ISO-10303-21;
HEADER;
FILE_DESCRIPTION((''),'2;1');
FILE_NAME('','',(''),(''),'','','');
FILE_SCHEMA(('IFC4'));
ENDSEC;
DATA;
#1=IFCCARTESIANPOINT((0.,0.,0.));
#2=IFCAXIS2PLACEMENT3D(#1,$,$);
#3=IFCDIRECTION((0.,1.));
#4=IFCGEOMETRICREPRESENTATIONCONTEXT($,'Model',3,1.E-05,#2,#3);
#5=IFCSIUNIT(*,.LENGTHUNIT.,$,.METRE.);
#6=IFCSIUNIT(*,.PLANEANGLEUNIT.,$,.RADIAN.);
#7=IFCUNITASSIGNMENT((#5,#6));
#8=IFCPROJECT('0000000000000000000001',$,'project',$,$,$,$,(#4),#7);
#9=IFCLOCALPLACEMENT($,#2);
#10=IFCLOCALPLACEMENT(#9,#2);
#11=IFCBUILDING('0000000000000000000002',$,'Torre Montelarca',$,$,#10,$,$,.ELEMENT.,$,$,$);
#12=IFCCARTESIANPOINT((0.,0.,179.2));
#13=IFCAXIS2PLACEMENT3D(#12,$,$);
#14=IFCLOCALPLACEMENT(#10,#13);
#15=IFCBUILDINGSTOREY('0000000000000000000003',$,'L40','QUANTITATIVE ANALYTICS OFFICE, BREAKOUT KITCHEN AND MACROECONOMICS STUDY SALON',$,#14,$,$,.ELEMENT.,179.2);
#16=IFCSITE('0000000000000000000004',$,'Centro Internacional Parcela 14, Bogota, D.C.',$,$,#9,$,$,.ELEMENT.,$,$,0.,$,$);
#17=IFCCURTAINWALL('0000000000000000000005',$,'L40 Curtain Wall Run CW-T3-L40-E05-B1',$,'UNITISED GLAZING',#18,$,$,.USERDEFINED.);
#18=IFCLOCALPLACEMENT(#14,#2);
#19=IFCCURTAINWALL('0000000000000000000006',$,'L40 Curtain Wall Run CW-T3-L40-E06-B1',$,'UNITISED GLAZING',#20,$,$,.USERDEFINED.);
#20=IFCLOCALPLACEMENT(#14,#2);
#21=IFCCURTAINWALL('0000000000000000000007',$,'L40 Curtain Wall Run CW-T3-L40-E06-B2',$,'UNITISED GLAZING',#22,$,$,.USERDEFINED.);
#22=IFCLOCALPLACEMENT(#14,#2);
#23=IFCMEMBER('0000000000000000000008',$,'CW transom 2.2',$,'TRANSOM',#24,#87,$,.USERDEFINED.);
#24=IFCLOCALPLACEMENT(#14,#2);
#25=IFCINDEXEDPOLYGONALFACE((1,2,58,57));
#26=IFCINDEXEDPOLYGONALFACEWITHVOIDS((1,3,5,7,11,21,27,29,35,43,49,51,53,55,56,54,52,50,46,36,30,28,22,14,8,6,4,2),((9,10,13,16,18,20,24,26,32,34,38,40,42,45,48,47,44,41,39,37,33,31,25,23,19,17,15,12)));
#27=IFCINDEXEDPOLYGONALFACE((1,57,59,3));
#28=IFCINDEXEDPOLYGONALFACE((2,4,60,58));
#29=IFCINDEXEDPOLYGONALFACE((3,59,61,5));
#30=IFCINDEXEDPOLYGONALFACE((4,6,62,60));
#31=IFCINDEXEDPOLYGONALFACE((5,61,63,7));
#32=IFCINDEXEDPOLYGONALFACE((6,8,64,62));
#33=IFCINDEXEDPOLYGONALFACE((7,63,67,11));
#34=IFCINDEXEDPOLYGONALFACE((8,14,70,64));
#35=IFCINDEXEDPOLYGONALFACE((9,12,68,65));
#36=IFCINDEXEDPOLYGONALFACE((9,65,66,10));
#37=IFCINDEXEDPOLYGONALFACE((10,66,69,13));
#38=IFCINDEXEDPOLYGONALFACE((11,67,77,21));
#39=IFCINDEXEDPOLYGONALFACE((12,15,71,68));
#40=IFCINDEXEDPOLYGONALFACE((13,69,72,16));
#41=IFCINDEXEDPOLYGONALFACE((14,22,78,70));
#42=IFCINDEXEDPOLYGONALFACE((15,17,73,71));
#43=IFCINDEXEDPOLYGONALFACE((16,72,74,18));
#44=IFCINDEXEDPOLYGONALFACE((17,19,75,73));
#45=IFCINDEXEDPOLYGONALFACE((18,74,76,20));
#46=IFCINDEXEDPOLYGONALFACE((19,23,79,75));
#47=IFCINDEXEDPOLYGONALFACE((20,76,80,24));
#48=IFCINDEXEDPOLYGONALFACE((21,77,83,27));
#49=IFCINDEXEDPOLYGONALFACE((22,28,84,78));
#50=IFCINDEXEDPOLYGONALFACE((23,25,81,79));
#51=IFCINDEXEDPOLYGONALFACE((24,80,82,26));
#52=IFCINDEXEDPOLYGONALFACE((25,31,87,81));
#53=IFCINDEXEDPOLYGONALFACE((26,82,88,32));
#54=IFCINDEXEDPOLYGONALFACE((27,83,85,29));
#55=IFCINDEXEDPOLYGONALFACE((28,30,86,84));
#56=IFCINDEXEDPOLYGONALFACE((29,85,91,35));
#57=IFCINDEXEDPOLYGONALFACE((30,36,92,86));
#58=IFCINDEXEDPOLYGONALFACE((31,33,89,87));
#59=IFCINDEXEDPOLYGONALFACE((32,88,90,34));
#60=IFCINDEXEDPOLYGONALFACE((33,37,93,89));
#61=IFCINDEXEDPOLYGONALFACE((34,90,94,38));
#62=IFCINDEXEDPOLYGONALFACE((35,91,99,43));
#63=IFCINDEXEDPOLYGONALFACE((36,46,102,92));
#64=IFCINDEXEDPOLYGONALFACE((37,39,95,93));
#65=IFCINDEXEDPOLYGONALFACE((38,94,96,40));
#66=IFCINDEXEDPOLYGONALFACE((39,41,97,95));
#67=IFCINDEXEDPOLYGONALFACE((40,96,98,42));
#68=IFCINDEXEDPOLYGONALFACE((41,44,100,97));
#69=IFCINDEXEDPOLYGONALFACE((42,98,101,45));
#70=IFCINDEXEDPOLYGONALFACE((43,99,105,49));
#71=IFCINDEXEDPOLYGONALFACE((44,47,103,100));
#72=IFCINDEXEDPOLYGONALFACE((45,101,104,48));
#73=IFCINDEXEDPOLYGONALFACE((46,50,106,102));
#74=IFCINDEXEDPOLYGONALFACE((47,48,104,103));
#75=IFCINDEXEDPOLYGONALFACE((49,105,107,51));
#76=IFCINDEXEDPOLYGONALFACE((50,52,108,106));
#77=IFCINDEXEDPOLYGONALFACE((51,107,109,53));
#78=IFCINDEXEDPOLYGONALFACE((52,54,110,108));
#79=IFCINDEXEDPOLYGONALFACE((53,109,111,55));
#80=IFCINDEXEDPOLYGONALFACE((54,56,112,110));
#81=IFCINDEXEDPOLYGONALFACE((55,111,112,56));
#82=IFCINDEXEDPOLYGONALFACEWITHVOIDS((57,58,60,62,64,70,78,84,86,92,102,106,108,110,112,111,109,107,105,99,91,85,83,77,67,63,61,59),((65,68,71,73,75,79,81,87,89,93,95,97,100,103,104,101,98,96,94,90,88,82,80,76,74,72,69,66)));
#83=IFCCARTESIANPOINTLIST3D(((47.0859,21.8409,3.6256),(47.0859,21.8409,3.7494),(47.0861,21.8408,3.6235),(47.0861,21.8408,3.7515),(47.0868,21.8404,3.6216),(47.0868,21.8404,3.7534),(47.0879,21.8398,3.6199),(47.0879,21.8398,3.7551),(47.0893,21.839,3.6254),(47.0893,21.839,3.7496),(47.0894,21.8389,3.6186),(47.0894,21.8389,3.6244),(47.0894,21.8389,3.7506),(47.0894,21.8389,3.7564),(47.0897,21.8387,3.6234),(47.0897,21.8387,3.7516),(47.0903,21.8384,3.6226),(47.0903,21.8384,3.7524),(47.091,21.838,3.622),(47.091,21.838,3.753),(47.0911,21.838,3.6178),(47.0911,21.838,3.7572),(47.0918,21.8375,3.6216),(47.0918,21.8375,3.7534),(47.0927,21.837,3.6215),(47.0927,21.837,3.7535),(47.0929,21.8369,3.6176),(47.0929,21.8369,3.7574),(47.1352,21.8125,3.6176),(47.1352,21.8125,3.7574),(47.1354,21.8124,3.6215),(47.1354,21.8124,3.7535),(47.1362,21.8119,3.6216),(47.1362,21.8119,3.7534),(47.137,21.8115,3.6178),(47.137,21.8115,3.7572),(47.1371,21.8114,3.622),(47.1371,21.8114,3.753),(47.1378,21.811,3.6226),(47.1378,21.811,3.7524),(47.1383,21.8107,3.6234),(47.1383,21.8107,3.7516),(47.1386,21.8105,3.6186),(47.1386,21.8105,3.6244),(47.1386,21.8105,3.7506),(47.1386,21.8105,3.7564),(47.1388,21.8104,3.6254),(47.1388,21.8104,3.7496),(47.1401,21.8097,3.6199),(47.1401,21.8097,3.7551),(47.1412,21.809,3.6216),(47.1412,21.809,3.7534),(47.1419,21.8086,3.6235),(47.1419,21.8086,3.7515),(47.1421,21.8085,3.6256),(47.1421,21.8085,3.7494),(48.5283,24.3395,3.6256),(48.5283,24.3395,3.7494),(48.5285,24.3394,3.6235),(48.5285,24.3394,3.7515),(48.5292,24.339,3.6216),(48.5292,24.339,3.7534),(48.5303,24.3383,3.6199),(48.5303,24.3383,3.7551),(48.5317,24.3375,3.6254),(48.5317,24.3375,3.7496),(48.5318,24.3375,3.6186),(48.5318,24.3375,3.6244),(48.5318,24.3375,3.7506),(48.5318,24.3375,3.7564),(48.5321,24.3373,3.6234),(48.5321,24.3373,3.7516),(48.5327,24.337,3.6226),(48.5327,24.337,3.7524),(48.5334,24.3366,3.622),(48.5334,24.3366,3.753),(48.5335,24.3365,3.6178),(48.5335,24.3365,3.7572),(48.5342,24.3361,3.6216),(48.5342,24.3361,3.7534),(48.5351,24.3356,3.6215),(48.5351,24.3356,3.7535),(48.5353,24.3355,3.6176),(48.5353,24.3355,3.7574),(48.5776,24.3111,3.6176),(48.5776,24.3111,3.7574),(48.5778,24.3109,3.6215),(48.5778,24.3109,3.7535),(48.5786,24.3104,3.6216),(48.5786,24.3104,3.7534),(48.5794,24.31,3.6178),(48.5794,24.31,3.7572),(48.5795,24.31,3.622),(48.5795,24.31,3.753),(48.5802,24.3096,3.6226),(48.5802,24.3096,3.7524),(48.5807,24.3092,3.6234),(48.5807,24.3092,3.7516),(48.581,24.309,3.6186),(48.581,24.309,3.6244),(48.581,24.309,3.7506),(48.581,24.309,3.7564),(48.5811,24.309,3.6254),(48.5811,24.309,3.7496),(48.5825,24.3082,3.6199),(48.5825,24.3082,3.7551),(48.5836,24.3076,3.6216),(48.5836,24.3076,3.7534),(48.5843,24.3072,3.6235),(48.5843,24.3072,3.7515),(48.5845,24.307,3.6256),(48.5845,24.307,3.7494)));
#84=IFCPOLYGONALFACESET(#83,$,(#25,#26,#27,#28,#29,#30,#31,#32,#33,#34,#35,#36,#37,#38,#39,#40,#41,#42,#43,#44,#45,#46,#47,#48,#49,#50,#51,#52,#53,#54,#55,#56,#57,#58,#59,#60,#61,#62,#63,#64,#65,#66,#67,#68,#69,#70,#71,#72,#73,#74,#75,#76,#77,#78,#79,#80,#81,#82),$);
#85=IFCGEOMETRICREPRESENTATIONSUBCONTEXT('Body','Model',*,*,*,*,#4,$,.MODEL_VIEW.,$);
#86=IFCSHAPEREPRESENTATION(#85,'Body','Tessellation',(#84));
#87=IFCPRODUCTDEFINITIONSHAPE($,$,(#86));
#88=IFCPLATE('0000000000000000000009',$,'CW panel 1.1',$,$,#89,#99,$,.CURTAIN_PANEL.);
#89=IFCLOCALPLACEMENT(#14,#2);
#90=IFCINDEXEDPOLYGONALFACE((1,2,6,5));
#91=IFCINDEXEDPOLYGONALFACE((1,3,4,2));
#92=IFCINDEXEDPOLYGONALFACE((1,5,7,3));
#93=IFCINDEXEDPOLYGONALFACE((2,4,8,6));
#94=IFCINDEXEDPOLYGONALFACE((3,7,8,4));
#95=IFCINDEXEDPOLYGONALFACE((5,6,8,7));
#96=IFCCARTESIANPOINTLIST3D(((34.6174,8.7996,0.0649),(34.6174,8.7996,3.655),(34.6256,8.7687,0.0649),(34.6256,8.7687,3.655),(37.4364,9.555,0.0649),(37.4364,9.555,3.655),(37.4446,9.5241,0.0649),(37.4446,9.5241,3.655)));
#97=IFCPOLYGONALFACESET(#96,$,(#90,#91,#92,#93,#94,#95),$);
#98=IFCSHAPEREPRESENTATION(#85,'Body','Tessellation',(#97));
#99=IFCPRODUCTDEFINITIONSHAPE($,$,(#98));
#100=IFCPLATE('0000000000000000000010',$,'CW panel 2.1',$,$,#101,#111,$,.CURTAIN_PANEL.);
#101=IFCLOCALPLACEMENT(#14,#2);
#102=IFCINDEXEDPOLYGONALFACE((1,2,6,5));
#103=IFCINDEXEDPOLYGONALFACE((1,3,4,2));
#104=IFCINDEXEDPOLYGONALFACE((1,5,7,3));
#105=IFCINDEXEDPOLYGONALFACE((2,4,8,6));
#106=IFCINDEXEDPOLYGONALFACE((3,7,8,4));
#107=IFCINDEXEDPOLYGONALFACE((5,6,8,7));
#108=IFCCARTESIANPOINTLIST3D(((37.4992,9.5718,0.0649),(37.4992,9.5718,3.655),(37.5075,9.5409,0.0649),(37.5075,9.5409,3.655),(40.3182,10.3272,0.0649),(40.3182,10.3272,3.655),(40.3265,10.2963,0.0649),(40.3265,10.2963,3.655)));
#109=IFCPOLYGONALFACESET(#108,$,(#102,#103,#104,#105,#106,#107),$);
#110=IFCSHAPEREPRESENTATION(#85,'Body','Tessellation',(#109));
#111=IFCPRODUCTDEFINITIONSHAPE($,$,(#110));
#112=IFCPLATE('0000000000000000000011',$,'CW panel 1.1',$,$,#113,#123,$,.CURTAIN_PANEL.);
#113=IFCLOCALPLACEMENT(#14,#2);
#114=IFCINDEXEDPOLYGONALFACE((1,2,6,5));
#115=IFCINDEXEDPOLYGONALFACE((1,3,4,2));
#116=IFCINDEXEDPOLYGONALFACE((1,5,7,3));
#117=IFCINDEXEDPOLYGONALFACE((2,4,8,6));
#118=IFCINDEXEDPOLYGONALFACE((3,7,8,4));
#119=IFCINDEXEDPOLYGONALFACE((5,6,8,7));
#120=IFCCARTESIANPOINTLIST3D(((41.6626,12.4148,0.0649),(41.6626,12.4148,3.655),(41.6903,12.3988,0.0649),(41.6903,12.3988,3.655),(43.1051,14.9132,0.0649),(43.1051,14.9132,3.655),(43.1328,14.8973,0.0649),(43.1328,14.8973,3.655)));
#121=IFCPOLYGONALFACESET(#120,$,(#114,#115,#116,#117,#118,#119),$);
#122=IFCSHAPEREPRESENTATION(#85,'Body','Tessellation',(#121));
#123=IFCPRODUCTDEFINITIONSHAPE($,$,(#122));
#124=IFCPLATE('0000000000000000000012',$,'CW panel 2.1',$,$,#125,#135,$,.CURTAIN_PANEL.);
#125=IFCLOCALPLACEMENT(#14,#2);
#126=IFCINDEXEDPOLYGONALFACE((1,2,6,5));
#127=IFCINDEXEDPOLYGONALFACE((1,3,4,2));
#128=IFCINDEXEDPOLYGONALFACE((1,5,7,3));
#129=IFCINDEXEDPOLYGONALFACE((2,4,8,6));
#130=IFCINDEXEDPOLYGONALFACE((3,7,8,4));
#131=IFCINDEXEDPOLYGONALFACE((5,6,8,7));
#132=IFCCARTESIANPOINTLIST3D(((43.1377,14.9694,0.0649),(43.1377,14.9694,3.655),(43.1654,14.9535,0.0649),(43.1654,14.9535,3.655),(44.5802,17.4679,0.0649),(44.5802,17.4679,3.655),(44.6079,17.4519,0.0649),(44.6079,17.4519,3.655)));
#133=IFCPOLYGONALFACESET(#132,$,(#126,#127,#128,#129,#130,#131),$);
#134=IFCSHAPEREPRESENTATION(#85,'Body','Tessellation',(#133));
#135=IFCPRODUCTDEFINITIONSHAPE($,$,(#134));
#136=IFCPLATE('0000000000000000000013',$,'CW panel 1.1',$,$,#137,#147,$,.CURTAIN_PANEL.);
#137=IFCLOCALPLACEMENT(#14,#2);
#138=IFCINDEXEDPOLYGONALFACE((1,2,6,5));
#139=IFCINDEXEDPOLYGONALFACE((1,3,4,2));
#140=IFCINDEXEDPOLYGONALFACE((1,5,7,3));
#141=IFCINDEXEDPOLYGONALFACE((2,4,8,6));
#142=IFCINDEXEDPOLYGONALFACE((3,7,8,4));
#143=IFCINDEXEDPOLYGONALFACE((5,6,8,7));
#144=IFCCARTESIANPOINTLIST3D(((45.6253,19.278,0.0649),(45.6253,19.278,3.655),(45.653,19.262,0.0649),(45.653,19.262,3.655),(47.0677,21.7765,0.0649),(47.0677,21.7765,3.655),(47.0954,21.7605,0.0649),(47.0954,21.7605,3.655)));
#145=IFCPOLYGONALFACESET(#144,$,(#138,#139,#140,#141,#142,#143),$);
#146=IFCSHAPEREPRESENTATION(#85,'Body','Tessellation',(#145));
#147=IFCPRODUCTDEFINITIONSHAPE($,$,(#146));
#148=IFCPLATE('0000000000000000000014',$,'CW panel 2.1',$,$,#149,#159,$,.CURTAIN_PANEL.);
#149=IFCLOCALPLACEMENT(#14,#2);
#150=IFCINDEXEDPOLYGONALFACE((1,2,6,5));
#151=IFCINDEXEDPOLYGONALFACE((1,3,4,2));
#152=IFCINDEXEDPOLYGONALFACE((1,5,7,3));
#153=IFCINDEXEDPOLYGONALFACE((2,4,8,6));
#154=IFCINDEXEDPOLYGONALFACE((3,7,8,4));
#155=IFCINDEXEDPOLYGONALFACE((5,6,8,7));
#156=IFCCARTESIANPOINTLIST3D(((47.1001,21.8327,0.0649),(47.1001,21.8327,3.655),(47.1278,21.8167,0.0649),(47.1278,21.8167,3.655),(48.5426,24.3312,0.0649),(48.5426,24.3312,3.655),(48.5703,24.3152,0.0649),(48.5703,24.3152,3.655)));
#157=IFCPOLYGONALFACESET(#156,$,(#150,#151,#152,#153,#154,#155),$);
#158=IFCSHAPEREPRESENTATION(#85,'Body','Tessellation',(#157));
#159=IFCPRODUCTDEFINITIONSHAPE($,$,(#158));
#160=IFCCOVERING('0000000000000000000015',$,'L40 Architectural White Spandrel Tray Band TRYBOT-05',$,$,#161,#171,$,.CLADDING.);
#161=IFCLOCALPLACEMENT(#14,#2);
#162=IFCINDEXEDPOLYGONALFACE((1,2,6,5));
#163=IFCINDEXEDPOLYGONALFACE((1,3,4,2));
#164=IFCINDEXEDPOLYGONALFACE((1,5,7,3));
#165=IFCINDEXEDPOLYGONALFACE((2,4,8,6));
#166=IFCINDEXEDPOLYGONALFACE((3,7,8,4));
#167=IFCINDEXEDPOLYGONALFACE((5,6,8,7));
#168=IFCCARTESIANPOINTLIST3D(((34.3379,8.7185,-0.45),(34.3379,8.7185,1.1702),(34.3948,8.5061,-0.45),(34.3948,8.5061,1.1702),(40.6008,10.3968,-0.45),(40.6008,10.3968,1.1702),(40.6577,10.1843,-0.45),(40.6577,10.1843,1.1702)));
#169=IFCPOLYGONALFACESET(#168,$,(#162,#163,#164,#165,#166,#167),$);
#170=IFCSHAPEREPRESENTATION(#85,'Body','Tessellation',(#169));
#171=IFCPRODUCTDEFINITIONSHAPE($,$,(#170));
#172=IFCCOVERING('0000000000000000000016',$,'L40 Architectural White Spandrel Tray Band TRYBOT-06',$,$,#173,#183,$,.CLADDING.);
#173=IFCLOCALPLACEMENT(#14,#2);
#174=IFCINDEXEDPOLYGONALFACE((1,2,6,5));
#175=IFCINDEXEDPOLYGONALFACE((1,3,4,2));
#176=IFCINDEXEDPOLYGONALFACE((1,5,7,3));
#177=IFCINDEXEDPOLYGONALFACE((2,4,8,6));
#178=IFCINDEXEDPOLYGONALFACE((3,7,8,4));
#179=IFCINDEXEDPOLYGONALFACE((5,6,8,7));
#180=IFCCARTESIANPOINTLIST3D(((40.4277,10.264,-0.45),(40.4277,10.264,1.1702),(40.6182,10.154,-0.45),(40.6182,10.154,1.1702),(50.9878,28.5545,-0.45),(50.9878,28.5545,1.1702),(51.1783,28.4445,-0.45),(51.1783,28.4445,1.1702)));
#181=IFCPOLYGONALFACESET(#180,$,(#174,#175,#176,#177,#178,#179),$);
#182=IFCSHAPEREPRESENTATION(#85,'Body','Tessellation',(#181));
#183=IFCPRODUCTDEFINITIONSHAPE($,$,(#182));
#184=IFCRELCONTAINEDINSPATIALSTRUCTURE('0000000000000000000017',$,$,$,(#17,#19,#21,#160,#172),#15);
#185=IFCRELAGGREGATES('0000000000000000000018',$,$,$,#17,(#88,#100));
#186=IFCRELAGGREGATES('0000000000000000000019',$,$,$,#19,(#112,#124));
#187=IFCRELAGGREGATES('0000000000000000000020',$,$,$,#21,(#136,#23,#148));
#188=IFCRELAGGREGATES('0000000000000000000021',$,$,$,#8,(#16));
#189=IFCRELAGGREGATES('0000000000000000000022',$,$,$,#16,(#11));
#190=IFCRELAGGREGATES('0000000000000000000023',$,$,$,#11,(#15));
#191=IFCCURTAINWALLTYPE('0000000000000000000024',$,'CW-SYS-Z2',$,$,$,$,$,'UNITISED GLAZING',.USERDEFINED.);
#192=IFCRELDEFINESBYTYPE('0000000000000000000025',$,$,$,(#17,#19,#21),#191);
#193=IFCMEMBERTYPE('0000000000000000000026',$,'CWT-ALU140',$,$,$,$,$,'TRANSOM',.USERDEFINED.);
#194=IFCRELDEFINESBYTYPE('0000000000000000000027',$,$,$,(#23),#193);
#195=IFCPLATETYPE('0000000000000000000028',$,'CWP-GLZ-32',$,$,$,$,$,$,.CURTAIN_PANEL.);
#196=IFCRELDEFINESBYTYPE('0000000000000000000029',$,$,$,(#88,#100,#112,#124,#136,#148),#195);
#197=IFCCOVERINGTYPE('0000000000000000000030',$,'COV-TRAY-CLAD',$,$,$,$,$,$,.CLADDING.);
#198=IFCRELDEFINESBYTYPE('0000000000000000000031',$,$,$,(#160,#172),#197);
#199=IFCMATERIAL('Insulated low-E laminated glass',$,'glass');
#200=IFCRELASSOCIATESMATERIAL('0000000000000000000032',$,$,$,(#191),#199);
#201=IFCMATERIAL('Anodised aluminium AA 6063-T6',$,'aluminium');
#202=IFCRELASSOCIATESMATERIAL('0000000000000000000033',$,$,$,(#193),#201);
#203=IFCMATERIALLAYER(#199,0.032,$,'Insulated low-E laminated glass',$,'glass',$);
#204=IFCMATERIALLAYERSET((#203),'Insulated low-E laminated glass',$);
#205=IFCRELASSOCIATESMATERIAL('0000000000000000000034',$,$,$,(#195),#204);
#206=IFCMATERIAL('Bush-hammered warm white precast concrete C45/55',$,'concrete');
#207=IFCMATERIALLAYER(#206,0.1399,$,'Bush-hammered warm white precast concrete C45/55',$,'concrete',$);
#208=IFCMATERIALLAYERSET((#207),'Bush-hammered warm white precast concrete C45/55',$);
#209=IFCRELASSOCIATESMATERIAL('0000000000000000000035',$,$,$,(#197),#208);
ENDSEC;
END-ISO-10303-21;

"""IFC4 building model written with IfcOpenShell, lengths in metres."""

from ifc_helpers import new_model, si_unit, direction, frame, origin, origin_2d, place, context, subcontext, project, spatial, rectangle, hollow_rectangle, extrude, source, transform, mapped, material, layer, layer_set, material_profile, profile_set, type_object, element, aggregate, save


model = new_model("IFC4")

# Units and contexts
model_context = context("Model", 3, precision=1e-05, world=origin(), true_north=direction((0.0, 1.0)))
body_context = subcontext(model_context, "Body", "Model", "MODEL_VIEW")
ifc_project = project(units=[si_unit("LENGTHUNIT", "METRE"), si_unit("PLANEANGLEUNIT", "RADIAN")], contexts=[model_context])

# Site, building, storey
site_placement = place(None, origin())
site = spatial("IfcSite", under=ifc_project, at=site_placement, Name="Centro Internacional Parcela 14, Bogota, D.C.", CompositionType="ELEMENT", RefElevation=0.0)
building_placement = place(site_placement, origin())
building = spatial("IfcBuilding", under=site, at=building_placement, Name="Torre Montelarca", CompositionType="ELEMENT")
storey_placement = place(building_placement, frame((0.0, 0.0, 179.2)))
storey = spatial("IfcBuildingStorey", under=building, at=storey_placement, Name="L40", Description="QUANTITATIVE ANALYTICS OFFICE, BREAKOUT KITCHEN AND MACROECONOMICS STUDY SALON", CompositionType="ELEMENT", Elevation=179.2)

# Curtain walls
ifc_material_1 = material(Name="Insulated low-E laminated glass", Category="glass")
curtain_wall_type = type_object("IfcCurtainWallType", Name="CW-SYS-Z2", ElementType="UNITISED GLAZING", PredefinedType="USERDEFINED", material=ifc_material_1)
curtain_wall_1_placement = place(storey_placement, origin())
curtain_wall_1 = element("IfcCurtainWall", 1, at=curtain_wall_1_placement, inside=storey, type_object=curtain_wall_type, Name="L40 Curtain Wall Run CW-T3-L40-E05-B1", ObjectType="UNITISED GLAZING", PredefinedType="USERDEFINED")
ifc_material_2 = material(Name="Anodised aluminium AA 6063-T6", Category="aluminium")
ifc_material_profile_1 = material_profile(ifc_material_2, hollow_rectangle(XDim=0.0649, YDim=0.1399, WallThickness=0.0039, InnerFilletRadius=0.0039, OuterFilletRadius=0.0081, at=origin_2d()), Name="ALU65X140X4", Category="aluminium")
ifc_profile_set_1 = profile_set([ifc_material_profile_1], Name="Anodised aluminium AA 6063-T6")
member_type_1 = type_object("IfcMemberType", Name="CWT-ALU140", ElementType="TRANSOM", PredefinedType="USERDEFINED", material=ifc_profile_set_1)
curtain_wall_2_placement = place(storey_placement, origin())
curtain_wall_2 = element("IfcCurtainWall", 2, at=curtain_wall_2_placement, inside=storey, type_object=curtain_wall_type, Name="L40 Curtain Wall Run CW-T3-L40-E06-B1", ObjectType="UNITISED GLAZING", PredefinedType="USERDEFINED")
curtain_wall_3_placement = place(storey_placement, origin())
curtain_wall_3 = element("IfcCurtainWall", 3, at=curtain_wall_3_placement, inside=storey, type_object=curtain_wall_type, Name="L40 Curtain Wall Run CW-T3-L40-E06-B2", ObjectType="UNITISED GLAZING", PredefinedType="USERDEFINED")

# Member
shared_shape_1 = source(origin(), body_context, "Body", "SweptSolid", [
    extrude(hollow_rectangle(XDim=0.0649, YDim=0.1399, WallThickness=0.0039, InnerFilletRadius=0.0039, OuterFilletRadius=0.0081, at=origin_2d()), origin(), (0.0, 0.0, 1.0), 2.885),
])
member_1_placement = place(storey_placement, frame((47.114, 21.8247, 3.6875), z_axis=(0.499962, 0.866047, 0.0), x_axis=(-0.866047, 0.499962, 0.0)))
member_1 = element("IfcMember", 4, at=member_1_placement, type_object=member_type_1, Name="CW transom 2.2", ObjectType="TRANSOM", PredefinedType="USERDEFINED", context=body_context, shape_type="MappedRepresentation", body=[
    mapped(shared_shape_1, transform((0.0, 0.0, 0.0), scale=1.0)),
])

# Plates
ifc_layer_1 = layer(ifc_material_1, 0.032, Name="Insulated low-E laminated glass", Category="glass")
ifc_layer_set_1 = layer_set([ifc_layer_1], Name="Insulated low-E laminated glass")
plate_type = type_object("IfcPlateType", Name="CWP-GLZ-32", PredefinedType="CURTAIN_PANEL", material=ifc_layer_set_1)
shared_shape_2 = source(origin(), body_context, "Body", "SweptSolid", [
    extrude(rectangle(XDim=2.9185, YDim=0.032, at=origin_2d()), origin(), (0.0, 0.0, 1.0), 3.5901),
])
plate_1_placement = place(storey_placement, frame((36.031, 9.1619, 0.0649), z_axis=(0.0, 0.0, 1.0), x_axis=(0.965923, 0.258829, 0.0)))
plate_1 = element("IfcPlate", 5, at=plate_1_placement, type_object=plate_type, Name="CW panel 1.1", PredefinedType="CURTAIN_PANEL", context=body_context, shape_type="MappedRepresentation", body=[
    mapped(shared_shape_2, transform((0.0, 0.0, 0.0), scale=1.0)),
])
plate_2_placement = place(storey_placement, frame((38.9128, 9.9341, 0.0649), z_axis=(0.0, 0.0, 1.0), x_axis=(0.965923, 0.258829, 0.0)))
plate_2 = element("IfcPlate", 6, at=plate_2_placement, type_object=plate_type, Name="CW panel 2.1", PredefinedType="CURTAIN_PANEL", context=body_context, shape_type="MappedRepresentation", body=[
    mapped(shared_shape_2, transform((0.0, 0.0, 0.0), scale=1.0)),
])
aggregate(curtain_wall_1, [plate_1, plate_2])
shared_shape_3 = source(origin(), body_context, "Body", "SweptSolid", [
    extrude(rectangle(XDim=2.885, YDim=0.032, at=origin_2d()), origin(), (0.0, 0.0, 1.0), 3.5901),
])
plate_3_placement = place(storey_placement, frame((42.3977, 13.656, 0.0649), z_axis=(0.0, 0.0, 1.0), x_axis=(0.500003, 0.866024, 0.0)))
plate_3 = element("IfcPlate", 7, at=plate_3_placement, type_object=plate_type, Name="CW panel 1.1", PredefinedType="CURTAIN_PANEL", context=body_context, shape_type="MappedRepresentation", body=[
    mapped(shared_shape_3, transform((0.0, 0.0, 0.0), scale=1.0)),
])
plate_4_placement = place(storey_placement, frame((43.8728, 16.2107, 0.0649), z_axis=(0.0, 0.0, 1.0), x_axis=(0.500003, 0.866024, 0.0)))
plate_4 = element("IfcPlate", 8, at=plate_4_placement, type_object=plate_type, Name="CW panel 2.1", PredefinedType="CURTAIN_PANEL", context=body_context, shape_type="MappedRepresentation", body=[
    mapped(shared_shape_3, transform((0.0, 0.0, 0.0), scale=1.0)),
])
aggregate(curtain_wall_2, [plate_3, plate_4])
plate_5_placement = place(storey_placement, frame((46.3604, 20.5193, 0.0649), z_axis=(0.0, 0.0, 1.0), x_axis=(0.499996, 0.866028, 0.0)))
plate_5 = element("IfcPlate", 9, at=plate_5_placement, type_object=plate_type, Name="CW panel 1.1", PredefinedType="CURTAIN_PANEL", context=body_context, shape_type="MappedRepresentation", body=[
    mapped(shared_shape_3, transform((0.0, 0.0, 0.0), scale=1.0)),
])
plate_6_placement = place(storey_placement, frame((47.8352, 23.074, 0.0649), z_axis=(0.0, 0.0, 1.0), x_axis=(0.499996, 0.866028, 0.0)))
plate_6 = element("IfcPlate", 10, at=plate_6_placement, type_object=plate_type, Name="CW panel 2.1", PredefinedType="CURTAIN_PANEL", context=body_context, shape_type="MappedRepresentation", body=[
    mapped(shared_shape_3, transform((0.0, 0.0, 0.0), scale=1.0)),
])
aggregate(curtain_wall_3, [plate_5, member_1, plate_6])

# Coverings
ifc_material_3 = material(Name="Bush-hammered warm white precast concrete C45/55", Category="concrete")
ifc_layer_2 = layer(ifc_material_3, 0.1399, Name="Bush-hammered warm white precast concrete C45/55", Category="concrete")
ifc_layer_set_2 = layer_set([ifc_layer_2], Name="Bush-hammered warm white precast concrete C45/55")
covering_type = type_object("IfcCoveringType", Name="COV-TRAY-CLAD", PredefinedType="CLADDING", material=ifc_layer_set_2)
shared_shape_4 = source(origin(), body_context, "Body", "SweptSolid", [
    extrude(rectangle(XDim=6.4839, YDim=0.22, at=origin_2d()), origin(), (0.0, 0.0, 1.0), 1.6201),
])
covering_1_placement = place(storey_placement, frame((37.4978, 9.4514, -0.45), z_axis=(0.0, 0.0, 1.0), x_axis=(0.965922, 0.258833, 0.0)))
element("IfcCovering", 11, at=covering_1_placement, inside=storey, type_object=covering_type, Name="L40 Architectural White Spandrel Tray Band TRYBOT-05", PredefinedType="CLADDING", context=body_context, shape_type="MappedRepresentation", body=[
    mapped(shared_shape_4, transform((0.0, 0.0, 0.0), scale=1.0)),
])
shared_shape_5 = source(origin(), body_context, "Body", "SweptSolid", [
    extrude(rectangle(XDim=21.1201, YDim=0.22, at=origin_2d()), origin(), (0.0, 0.0, 1.0), 1.6201),
])
covering_2_placement = place(storey_placement, frame((45.803, 19.3542, -0.45), z_axis=(0.0, 0.0, 1.0), x_axis=(0.5, 0.866025, 0.0)))
element("IfcCovering", 12, at=covering_2_placement, inside=storey, type_object=covering_type, Name="L40 Architectural White Spandrel Tray Band TRYBOT-06", PredefinedType="CLADDING", context=body_context, shape_type="MappedRepresentation", body=[
    mapped(shared_shape_5, transform((0.0, 0.0, 0.0), scale=1.0)),
])

save(model, "model.ifc")
